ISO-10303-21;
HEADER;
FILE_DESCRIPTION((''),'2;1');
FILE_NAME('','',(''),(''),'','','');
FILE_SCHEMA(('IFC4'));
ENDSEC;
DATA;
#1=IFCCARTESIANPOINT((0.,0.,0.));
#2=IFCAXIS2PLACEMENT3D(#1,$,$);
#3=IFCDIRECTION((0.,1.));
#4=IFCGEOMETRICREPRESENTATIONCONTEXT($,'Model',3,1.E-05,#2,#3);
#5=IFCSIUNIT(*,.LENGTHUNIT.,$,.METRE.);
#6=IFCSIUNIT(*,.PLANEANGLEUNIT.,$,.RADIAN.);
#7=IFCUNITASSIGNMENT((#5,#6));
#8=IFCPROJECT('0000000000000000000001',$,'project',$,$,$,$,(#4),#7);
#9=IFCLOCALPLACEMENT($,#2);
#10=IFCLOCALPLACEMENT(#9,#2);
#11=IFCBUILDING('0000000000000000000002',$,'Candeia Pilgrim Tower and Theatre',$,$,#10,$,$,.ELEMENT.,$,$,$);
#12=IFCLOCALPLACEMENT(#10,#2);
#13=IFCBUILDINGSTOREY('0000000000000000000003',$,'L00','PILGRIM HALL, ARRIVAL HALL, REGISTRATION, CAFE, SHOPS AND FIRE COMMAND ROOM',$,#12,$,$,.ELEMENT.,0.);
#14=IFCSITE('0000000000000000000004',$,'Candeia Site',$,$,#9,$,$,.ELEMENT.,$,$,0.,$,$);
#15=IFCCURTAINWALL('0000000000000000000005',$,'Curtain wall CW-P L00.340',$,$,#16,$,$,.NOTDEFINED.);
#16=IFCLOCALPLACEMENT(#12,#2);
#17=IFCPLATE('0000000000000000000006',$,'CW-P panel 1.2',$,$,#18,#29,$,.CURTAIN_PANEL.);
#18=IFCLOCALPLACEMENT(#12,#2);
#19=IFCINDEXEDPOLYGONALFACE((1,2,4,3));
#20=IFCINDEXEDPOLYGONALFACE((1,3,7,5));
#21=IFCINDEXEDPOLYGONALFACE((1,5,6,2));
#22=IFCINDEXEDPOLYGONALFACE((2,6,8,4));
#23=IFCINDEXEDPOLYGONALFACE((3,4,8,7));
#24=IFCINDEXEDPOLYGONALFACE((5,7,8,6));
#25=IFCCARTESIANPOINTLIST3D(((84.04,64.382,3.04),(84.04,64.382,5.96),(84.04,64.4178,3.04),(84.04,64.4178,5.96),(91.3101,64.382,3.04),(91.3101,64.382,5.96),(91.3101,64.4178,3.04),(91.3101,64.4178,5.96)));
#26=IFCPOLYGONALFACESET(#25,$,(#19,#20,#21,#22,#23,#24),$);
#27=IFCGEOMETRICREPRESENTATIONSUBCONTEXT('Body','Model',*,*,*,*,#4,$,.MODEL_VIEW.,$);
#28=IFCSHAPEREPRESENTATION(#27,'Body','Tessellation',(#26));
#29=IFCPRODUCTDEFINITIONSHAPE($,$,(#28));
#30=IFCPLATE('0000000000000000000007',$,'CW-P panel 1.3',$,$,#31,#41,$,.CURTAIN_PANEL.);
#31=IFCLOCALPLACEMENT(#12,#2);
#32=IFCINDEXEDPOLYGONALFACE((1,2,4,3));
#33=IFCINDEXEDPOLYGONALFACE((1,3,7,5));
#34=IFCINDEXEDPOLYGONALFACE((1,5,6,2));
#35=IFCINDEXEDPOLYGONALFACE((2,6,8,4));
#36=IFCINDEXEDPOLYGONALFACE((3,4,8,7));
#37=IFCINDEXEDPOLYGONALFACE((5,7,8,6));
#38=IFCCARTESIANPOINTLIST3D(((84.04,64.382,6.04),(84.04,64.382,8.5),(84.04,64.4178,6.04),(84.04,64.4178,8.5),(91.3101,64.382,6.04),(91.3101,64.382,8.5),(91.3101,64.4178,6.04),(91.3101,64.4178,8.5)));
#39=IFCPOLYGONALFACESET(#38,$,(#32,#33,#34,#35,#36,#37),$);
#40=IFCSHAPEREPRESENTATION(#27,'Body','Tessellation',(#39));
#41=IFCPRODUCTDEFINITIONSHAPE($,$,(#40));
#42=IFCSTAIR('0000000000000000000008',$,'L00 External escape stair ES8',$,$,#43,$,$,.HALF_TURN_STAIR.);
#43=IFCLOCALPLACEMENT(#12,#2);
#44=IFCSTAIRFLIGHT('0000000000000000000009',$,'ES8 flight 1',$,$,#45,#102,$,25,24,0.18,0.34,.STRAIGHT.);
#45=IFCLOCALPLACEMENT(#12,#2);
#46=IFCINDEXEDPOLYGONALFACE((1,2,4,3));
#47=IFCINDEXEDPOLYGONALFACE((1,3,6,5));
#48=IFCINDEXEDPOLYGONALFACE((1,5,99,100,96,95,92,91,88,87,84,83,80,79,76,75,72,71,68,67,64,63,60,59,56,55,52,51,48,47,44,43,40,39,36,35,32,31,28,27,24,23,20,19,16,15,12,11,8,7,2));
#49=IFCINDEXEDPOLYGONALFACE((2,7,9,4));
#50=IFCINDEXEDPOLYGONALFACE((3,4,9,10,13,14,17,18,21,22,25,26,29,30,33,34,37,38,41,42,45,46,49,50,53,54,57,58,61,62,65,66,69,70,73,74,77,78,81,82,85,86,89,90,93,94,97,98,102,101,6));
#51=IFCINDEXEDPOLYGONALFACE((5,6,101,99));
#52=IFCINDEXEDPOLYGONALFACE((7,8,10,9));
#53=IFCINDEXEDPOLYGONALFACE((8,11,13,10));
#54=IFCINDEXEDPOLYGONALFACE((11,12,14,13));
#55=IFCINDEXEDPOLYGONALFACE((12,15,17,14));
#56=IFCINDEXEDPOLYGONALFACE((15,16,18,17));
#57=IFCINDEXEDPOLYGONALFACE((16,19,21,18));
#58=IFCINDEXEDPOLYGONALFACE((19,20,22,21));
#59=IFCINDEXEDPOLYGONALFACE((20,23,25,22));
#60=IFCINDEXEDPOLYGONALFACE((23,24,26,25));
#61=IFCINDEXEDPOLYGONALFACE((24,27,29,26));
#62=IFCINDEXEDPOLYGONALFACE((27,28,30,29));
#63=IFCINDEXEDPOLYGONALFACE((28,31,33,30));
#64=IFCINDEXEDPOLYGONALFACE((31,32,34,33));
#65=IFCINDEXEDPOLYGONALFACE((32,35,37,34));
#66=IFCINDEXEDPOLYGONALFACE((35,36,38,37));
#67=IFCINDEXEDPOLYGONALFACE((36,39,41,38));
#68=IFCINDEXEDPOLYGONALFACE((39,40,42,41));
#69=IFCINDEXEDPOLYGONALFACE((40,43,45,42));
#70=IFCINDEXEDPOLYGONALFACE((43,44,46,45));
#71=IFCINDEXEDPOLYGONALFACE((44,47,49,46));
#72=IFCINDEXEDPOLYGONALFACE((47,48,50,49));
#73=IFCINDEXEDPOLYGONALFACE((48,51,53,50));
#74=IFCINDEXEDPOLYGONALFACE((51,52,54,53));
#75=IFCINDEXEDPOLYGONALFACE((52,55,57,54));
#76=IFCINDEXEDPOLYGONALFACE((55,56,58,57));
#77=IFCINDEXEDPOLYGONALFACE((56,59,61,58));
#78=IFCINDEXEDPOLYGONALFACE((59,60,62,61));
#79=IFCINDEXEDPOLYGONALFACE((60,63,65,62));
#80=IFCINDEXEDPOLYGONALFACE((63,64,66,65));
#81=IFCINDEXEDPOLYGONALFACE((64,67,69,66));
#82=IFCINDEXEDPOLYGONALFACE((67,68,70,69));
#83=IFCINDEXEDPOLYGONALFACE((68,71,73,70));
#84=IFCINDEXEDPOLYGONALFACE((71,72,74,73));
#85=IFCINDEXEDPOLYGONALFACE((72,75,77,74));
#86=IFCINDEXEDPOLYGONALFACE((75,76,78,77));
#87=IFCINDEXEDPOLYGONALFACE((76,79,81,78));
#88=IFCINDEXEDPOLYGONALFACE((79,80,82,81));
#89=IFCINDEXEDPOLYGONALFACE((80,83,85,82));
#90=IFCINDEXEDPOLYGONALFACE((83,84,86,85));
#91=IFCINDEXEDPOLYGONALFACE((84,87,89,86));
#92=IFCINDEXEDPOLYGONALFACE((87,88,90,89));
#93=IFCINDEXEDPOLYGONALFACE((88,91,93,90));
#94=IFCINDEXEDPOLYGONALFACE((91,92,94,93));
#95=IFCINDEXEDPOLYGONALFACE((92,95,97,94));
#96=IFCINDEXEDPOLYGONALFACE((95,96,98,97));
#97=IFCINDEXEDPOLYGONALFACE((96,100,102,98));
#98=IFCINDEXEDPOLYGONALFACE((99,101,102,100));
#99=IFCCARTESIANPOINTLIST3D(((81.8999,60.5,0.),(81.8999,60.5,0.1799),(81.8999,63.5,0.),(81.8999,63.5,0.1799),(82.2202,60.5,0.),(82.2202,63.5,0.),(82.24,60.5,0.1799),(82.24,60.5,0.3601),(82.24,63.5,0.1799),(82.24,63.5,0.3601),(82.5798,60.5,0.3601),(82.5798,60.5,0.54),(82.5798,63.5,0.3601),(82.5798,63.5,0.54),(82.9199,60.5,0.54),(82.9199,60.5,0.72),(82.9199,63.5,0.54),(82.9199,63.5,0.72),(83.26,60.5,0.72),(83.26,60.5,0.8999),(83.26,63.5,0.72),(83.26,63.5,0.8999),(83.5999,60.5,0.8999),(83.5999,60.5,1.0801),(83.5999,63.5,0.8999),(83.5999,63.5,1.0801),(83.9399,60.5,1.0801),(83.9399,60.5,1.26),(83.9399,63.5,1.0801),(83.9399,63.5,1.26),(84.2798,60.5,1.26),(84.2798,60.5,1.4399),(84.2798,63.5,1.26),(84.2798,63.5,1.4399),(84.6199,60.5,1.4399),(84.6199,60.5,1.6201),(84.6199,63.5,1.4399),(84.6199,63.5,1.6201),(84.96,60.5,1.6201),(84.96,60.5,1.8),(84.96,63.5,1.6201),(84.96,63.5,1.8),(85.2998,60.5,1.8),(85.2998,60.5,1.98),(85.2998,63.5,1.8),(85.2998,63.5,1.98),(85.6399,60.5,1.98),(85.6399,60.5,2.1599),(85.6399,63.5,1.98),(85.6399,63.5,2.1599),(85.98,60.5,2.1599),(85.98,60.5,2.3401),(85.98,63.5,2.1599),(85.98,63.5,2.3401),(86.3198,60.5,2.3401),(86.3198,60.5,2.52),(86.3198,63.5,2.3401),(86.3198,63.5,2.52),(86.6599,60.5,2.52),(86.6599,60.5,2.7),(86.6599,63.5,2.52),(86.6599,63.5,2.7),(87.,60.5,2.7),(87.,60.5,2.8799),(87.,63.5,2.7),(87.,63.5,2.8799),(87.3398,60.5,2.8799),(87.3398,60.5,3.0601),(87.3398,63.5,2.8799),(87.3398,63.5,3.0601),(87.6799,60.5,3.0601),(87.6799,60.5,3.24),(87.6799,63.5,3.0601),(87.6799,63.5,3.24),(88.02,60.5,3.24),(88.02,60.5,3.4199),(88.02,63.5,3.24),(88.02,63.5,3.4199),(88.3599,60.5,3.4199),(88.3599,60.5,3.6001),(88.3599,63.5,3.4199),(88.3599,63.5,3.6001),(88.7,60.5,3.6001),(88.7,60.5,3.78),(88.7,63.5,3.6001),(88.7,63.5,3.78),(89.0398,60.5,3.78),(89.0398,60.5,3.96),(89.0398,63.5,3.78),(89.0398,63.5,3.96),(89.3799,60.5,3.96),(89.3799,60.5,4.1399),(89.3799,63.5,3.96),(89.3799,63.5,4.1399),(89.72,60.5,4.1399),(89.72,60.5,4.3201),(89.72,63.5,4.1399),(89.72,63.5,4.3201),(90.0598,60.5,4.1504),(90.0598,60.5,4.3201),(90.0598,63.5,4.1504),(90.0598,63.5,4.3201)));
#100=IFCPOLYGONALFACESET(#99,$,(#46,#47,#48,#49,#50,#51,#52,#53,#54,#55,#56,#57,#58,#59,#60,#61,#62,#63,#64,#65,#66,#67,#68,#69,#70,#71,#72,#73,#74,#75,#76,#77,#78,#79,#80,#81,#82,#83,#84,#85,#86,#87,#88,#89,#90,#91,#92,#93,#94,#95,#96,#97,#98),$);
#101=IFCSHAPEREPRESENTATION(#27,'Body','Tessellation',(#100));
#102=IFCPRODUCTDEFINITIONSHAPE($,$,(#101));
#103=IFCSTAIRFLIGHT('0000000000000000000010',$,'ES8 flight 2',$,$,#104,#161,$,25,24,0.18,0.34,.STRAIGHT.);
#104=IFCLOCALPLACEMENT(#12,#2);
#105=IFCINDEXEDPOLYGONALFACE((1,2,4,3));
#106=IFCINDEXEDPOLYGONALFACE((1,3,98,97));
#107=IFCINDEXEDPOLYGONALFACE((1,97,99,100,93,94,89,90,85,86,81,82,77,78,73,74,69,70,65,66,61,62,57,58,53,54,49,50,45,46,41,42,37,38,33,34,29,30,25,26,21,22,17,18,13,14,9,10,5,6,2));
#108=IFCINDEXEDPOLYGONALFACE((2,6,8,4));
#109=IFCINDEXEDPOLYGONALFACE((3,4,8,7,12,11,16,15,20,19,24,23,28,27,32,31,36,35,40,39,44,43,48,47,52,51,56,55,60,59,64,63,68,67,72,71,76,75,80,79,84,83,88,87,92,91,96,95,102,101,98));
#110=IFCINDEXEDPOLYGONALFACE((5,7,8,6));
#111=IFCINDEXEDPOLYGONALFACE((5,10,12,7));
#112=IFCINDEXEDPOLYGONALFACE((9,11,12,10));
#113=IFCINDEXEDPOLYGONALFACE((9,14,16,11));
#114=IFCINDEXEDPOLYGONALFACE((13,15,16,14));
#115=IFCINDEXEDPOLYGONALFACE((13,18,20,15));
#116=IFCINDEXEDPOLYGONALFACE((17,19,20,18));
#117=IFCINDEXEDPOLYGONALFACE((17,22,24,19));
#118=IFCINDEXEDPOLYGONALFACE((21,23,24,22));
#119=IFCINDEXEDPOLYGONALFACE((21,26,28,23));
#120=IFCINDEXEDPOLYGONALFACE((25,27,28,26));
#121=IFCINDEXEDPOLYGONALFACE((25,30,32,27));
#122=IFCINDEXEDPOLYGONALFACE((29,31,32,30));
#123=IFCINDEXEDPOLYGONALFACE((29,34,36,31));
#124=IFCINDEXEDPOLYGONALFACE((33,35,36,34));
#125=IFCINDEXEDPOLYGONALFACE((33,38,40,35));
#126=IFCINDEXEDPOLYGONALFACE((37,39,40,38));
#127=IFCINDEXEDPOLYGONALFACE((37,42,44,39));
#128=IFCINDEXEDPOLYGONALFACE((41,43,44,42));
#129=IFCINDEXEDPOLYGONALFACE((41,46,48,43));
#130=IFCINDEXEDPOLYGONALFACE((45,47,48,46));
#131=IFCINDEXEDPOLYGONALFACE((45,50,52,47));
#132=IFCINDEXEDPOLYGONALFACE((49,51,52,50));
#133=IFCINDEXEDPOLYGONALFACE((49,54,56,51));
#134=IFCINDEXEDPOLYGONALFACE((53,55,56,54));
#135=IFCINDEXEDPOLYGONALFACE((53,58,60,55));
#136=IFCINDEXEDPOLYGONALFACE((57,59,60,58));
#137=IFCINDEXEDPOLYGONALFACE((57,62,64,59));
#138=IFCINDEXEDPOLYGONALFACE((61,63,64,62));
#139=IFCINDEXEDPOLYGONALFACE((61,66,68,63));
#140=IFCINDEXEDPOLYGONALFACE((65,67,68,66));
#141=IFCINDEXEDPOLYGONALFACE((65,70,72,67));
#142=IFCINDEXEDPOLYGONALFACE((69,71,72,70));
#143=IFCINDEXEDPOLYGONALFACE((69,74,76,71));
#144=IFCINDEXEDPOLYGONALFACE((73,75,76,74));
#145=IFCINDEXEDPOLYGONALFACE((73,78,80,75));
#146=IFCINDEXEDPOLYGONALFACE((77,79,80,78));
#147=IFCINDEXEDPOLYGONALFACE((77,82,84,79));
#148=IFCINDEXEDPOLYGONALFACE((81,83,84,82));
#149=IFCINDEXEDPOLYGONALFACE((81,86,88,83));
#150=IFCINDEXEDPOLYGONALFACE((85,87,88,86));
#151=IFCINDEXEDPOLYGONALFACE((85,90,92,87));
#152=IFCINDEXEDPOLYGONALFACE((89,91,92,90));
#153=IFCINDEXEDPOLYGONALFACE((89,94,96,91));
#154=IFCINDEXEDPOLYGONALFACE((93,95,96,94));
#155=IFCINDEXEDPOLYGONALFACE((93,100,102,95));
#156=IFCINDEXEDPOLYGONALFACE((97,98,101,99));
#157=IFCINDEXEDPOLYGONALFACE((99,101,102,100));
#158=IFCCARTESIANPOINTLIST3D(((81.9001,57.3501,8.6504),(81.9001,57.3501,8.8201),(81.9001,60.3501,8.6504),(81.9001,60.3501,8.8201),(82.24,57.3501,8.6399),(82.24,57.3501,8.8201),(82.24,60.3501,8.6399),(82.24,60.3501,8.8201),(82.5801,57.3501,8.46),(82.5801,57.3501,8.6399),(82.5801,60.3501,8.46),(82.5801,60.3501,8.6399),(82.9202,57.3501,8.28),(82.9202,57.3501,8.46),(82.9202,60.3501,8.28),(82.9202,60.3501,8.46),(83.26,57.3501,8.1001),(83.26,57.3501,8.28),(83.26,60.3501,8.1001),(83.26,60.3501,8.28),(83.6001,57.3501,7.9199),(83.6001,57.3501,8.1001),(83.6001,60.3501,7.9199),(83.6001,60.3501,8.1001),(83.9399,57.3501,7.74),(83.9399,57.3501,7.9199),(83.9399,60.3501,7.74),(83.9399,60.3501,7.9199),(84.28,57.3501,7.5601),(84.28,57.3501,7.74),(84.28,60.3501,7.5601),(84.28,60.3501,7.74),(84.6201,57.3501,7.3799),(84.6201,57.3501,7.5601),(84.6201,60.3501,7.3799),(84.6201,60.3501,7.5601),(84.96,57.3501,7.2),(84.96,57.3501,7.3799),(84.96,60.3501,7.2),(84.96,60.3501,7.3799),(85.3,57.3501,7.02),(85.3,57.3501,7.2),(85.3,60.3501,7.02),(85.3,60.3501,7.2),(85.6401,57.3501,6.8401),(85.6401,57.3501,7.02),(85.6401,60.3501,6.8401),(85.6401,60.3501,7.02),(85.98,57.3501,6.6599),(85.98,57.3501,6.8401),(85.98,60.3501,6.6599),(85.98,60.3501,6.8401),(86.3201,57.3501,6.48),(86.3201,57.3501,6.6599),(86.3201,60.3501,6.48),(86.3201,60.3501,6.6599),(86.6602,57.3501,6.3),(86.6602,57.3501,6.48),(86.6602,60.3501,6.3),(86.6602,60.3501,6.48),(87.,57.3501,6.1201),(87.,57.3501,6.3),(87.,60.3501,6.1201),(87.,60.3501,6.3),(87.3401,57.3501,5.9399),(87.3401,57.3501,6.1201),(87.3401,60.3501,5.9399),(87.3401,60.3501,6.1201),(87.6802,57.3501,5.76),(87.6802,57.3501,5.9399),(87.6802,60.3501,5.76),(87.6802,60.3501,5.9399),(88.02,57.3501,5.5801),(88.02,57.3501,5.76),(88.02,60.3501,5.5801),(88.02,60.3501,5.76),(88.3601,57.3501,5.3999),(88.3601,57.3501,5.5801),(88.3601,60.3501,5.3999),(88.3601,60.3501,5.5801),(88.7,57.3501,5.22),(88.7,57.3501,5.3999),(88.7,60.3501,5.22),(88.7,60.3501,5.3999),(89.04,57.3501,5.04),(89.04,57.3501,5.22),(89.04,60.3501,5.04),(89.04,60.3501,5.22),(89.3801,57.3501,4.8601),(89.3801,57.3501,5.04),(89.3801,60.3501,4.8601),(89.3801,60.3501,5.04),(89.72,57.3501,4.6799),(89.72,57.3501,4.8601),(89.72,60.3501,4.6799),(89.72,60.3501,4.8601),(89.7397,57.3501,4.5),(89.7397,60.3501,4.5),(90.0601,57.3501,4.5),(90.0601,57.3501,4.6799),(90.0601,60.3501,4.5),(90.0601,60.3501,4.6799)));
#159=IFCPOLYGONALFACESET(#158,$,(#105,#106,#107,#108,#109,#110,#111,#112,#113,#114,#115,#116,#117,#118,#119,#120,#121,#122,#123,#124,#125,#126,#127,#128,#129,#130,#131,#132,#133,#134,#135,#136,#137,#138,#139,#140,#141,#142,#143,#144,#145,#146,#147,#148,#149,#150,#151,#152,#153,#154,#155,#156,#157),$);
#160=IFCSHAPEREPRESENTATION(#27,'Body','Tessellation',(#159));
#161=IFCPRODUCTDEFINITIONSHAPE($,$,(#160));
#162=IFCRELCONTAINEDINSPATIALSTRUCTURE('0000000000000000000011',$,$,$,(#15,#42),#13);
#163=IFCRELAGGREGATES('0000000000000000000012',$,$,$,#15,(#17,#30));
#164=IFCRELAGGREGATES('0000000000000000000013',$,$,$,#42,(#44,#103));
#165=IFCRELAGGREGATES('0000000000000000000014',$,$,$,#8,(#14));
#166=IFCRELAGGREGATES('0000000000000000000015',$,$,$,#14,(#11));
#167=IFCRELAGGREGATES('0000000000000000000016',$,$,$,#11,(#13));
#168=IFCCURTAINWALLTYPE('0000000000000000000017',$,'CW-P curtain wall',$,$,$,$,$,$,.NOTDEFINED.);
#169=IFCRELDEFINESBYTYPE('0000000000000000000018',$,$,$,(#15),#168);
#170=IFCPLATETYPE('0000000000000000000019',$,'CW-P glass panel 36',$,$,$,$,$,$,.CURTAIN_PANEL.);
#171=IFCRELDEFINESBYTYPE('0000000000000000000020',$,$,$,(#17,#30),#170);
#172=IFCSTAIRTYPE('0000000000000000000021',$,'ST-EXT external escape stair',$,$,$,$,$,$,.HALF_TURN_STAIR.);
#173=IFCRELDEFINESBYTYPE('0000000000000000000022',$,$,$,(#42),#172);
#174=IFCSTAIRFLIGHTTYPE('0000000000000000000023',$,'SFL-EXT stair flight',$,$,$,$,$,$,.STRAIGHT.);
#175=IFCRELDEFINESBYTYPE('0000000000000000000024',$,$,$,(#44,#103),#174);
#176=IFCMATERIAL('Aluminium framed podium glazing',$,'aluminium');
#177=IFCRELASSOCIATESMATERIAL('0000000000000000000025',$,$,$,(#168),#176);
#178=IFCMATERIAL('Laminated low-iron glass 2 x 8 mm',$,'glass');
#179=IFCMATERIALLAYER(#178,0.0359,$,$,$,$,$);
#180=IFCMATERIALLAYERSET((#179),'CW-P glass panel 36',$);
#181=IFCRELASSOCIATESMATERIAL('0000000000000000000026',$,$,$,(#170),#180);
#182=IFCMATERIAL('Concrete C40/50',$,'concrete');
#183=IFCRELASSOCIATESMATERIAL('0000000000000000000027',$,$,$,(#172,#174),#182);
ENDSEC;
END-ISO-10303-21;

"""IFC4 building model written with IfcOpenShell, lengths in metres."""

from ifc_helpers import new_model, si_unit, direction, frame, origin, origin_2d, place, context, subcontext, project, spatial, polyline, rectangle, outline, extrude, material, layer, layer_set, type_object, element, aggregate, save


model = new_model("IFC4")

# Units and contexts
model_context = context("Model", 3, precision=1e-05, world=origin(), true_north=direction((0.0, 1.0)))
body_context = subcontext(model_context, "Body", "Model", "MODEL_VIEW")
ifc_project = project(units=[si_unit("LENGTHUNIT", "METRE"), si_unit("PLANEANGLEUNIT", "RADIAN")], contexts=[model_context])

# Site, building, storey
site_placement = place(None, origin())
site = spatial("IfcSite", under=ifc_project, at=site_placement, Name="Candeia Site", CompositionType="ELEMENT", RefElevation=0.0)
building_placement = place(site_placement, origin())
building = spatial("IfcBuilding", under=site, at=building_placement, Name="Candeia Pilgrim Tower and Theatre", CompositionType="ELEMENT")
storey_placement = place(building_placement, origin())
storey = spatial("IfcBuildingStorey", under=building, at=storey_placement, Name="L00", Description="PILGRIM HALL, ARRIVAL HALL, REGISTRATION, CAFE, SHOPS AND FIRE COMMAND ROOM", CompositionType="ELEMENT", Elevation=0.0)

# Shared definitions
ifc_material_1 = material(Name="Concrete C40/50", Category="concrete")

# Curtain wall, plates
ifc_material_2 = material(Name="Aluminium framed podium glazing", Category="aluminium")
curtain_wall_type = type_object("IfcCurtainWallType", Name="CW-P curtain wall", PredefinedType="NOTDEFINED", material=ifc_material_2)
curtain_wall_placement = place(storey_placement, origin())
curtain_wall = element("IfcCurtainWall", 1, at=curtain_wall_placement, inside=storey, type_object=curtain_wall_type, Name="Curtain wall CW-P L00.340", PredefinedType="NOTDEFINED")
ifc_material_3 = material(Name="Laminated low-iron glass 2 x 8 mm", Category="glass")
ifc_layer = layer(ifc_material_3, 0.0359)
ifc_layer_set = layer_set([ifc_layer], Name="CW-P glass panel 36")
plate_type = type_object("IfcPlateType", Name="CW-P glass panel 36", PredefinedType="CURTAIN_PANEL", material=ifc_layer_set)
plate_1_placement = place(storey_placement, frame((87.675, 64.3999, 3.04), z_axis=(0.0, 0.0, 1.0), x_axis=(-1.0, 0.0, 0.0)))
plate_1 = element("IfcPlate", 2, at=plate_1_placement, type_object=plate_type, Name="CW-P panel 1.2", PredefinedType="CURTAIN_PANEL", context=body_context, shape_type="SweptSolid", body=[
    extrude(rectangle(XDim=7.27, YDim=0.0359, at=origin_2d()), origin(), (0.0, 0.0, 1.0), 2.9199),
])
plate_2_placement = place(storey_placement, frame((87.675, 64.3999, 6.04), z_axis=(0.0, 0.0, 1.0), x_axis=(-1.0, 0.0, 0.0)))
plate_2 = element("IfcPlate", 3, at=plate_2_placement, type_object=plate_type, Name="CW-P panel 1.3", PredefinedType="CURTAIN_PANEL", context=body_context, shape_type="SweptSolid", body=[
    extrude(rectangle(XDim=7.27, YDim=0.0359, at=origin_2d()), origin(), (0.0, 0.0, 1.0), 2.46),
])
aggregate(curtain_wall, [plate_1, plate_2])

# Stair, stair flights
stair_type = type_object("IfcStairType", Name="ST-EXT external escape stair", PredefinedType="HALF_TURN_STAIR", material=ifc_material_1)
stair_1_placement = place(storey_placement, origin())
stair_1 = element("IfcStair", 4, at=stair_1_placement, inside=storey, type_object=stair_type, Name="L00 External escape stair ES8", PredefinedType="HALF_TURN_STAIR")
stair_flight_type = type_object("IfcStairFlightType", Name="SFL-EXT stair flight", PredefinedType="STRAIGHT", material=ifc_material_1)
stair_flight_1_placement = place(storey_placement, frame((81.8999, 62.0, 0.0), z_axis=(0.0, 0.0, 1.0), x_axis=(1.0, 0.0, 0.0)))
stair_flight_1 = element("IfcStairFlight", 5, at=stair_flight_1_placement, type_object=stair_flight_type, Name="ES8 flight 1", NumberOfRisers=25, NumberOfTreads=24, PredefinedType="STRAIGHT", RiserHeight=0.18, TreadLength=0.34, context=body_context, shape_type="SweptSolid", body=[
    extrude(outline(polyline([(0.0, 0.0), (0.0, 0.1799), (0.3401, 0.1799), (0.3401, 0.3601), (0.6799, 0.3601), (0.6799, 0.54), (1.02, 0.54), (1.02, 0.72), (1.3601, 0.72), (1.3601, 0.8999), (1.7, 0.8999), (1.7, 1.0801), (2.04, 1.0801), (2.04, 1.26), (2.3799, 1.26), (2.3799, 1.4399), (2.72, 1.4399), (2.72, 1.6201), (3.0601, 1.6201), (3.0601, 1.8), (3.3999, 1.8), (3.3999, 1.98), (3.74, 1.98), (3.74, 2.1599), (4.0801, 2.1599), (4.0801, 2.3401), (4.4199, 2.3401), (4.4199, 2.52), (4.76, 2.52), (4.76, 2.7), (5.1001, 2.7), (5.1001, 2.8799), (5.4399, 2.8799), (5.4399, 3.0601), (5.78, 3.0601), (5.78, 3.24), (6.1201, 3.24), (6.1201, 3.4199), (6.46, 3.4199), (6.46, 3.6001), (6.8, 3.6001), (6.8, 3.78), (7.1399, 3.78), (7.1399, 3.96), (7.48, 3.96), (7.48, 4.1399), (7.8201, 4.1399), (7.8201, 4.3201), (8.1599, 4.3201), (8.1599, 4.5), (8.1599, 4.1504), (0.3203, 0.0), (0.0, 0.0)])), frame((0.0, 1.5, 0.0), z_axis=(0.0, -1.0, 0.0), x_axis=(1.0, 0.0, 0.0)), (0.0, 0.0, 1.0), 3.0),
])
stair_flight_2_placement = place(storey_placement, frame((90.0601, 58.8501, 4.5), z_axis=(0.0, 0.0, 1.0), x_axis=(-1.0, 0.0, 0.0)))
stair_flight_2 = element("IfcStairFlight", 6, at=stair_flight_2_placement, type_object=stair_flight_type, Name="ES8 flight 2", NumberOfRisers=25, NumberOfTreads=24, PredefinedType="STRAIGHT", RiserHeight=0.18, TreadLength=0.34, context=body_context, shape_type="SweptSolid", body=[
    extrude(outline(polyline([(0.0, 0.0), (0.0, 0.1799), (0.3401, 0.1799), (0.3401, 0.3601), (0.6799, 0.3601), (0.6799, 0.54), (1.02, 0.54), (1.02, 0.72), (1.3601, 0.72), (1.3601, 0.8999), (1.7, 0.8999), (1.7, 1.0801), (2.04, 1.0801), (2.04, 1.26), (2.3799, 1.26), (2.3799, 1.4399), (2.72, 1.4399), (2.72, 1.6201), (3.0601, 1.6201), (3.0601, 1.8), (3.3999, 1.8), (3.3999, 1.98), (3.74, 1.98), (3.74, 2.1599), (4.0801, 2.1599), (4.0801, 2.3401), (4.4199, 2.3401), (4.4199, 2.52), (4.76, 2.52), (4.76, 2.7), (5.1001, 2.7), (5.1001, 2.8799), (5.4399, 2.8799), (5.4399, 3.0601), (5.78, 3.0601), (5.78, 3.24), (6.1201, 3.24), (6.1201, 3.4199), (6.46, 3.4199), (6.46, 3.6001), (6.8, 3.6001), (6.8, 3.78), (7.1399, 3.78), (7.1399, 3.96), (7.48, 3.96), (7.48, 4.1399), (7.8201, 4.1399), (7.8201, 4.3201), (8.1599, 4.3201), (8.1599, 4.5), (8.1599, 4.1504), (0.3203, 0.0), (0.0, 0.0)])), frame((0.0, 1.5, 0.0), z_axis=(0.0, -1.0, 0.0), x_axis=(1.0, 0.0, 0.0)), (0.0, 0.0, 1.0), 3.0),
])
aggregate(stair_1, [stair_flight_1, stair_flight_2])

save(model, "model.ifc")
